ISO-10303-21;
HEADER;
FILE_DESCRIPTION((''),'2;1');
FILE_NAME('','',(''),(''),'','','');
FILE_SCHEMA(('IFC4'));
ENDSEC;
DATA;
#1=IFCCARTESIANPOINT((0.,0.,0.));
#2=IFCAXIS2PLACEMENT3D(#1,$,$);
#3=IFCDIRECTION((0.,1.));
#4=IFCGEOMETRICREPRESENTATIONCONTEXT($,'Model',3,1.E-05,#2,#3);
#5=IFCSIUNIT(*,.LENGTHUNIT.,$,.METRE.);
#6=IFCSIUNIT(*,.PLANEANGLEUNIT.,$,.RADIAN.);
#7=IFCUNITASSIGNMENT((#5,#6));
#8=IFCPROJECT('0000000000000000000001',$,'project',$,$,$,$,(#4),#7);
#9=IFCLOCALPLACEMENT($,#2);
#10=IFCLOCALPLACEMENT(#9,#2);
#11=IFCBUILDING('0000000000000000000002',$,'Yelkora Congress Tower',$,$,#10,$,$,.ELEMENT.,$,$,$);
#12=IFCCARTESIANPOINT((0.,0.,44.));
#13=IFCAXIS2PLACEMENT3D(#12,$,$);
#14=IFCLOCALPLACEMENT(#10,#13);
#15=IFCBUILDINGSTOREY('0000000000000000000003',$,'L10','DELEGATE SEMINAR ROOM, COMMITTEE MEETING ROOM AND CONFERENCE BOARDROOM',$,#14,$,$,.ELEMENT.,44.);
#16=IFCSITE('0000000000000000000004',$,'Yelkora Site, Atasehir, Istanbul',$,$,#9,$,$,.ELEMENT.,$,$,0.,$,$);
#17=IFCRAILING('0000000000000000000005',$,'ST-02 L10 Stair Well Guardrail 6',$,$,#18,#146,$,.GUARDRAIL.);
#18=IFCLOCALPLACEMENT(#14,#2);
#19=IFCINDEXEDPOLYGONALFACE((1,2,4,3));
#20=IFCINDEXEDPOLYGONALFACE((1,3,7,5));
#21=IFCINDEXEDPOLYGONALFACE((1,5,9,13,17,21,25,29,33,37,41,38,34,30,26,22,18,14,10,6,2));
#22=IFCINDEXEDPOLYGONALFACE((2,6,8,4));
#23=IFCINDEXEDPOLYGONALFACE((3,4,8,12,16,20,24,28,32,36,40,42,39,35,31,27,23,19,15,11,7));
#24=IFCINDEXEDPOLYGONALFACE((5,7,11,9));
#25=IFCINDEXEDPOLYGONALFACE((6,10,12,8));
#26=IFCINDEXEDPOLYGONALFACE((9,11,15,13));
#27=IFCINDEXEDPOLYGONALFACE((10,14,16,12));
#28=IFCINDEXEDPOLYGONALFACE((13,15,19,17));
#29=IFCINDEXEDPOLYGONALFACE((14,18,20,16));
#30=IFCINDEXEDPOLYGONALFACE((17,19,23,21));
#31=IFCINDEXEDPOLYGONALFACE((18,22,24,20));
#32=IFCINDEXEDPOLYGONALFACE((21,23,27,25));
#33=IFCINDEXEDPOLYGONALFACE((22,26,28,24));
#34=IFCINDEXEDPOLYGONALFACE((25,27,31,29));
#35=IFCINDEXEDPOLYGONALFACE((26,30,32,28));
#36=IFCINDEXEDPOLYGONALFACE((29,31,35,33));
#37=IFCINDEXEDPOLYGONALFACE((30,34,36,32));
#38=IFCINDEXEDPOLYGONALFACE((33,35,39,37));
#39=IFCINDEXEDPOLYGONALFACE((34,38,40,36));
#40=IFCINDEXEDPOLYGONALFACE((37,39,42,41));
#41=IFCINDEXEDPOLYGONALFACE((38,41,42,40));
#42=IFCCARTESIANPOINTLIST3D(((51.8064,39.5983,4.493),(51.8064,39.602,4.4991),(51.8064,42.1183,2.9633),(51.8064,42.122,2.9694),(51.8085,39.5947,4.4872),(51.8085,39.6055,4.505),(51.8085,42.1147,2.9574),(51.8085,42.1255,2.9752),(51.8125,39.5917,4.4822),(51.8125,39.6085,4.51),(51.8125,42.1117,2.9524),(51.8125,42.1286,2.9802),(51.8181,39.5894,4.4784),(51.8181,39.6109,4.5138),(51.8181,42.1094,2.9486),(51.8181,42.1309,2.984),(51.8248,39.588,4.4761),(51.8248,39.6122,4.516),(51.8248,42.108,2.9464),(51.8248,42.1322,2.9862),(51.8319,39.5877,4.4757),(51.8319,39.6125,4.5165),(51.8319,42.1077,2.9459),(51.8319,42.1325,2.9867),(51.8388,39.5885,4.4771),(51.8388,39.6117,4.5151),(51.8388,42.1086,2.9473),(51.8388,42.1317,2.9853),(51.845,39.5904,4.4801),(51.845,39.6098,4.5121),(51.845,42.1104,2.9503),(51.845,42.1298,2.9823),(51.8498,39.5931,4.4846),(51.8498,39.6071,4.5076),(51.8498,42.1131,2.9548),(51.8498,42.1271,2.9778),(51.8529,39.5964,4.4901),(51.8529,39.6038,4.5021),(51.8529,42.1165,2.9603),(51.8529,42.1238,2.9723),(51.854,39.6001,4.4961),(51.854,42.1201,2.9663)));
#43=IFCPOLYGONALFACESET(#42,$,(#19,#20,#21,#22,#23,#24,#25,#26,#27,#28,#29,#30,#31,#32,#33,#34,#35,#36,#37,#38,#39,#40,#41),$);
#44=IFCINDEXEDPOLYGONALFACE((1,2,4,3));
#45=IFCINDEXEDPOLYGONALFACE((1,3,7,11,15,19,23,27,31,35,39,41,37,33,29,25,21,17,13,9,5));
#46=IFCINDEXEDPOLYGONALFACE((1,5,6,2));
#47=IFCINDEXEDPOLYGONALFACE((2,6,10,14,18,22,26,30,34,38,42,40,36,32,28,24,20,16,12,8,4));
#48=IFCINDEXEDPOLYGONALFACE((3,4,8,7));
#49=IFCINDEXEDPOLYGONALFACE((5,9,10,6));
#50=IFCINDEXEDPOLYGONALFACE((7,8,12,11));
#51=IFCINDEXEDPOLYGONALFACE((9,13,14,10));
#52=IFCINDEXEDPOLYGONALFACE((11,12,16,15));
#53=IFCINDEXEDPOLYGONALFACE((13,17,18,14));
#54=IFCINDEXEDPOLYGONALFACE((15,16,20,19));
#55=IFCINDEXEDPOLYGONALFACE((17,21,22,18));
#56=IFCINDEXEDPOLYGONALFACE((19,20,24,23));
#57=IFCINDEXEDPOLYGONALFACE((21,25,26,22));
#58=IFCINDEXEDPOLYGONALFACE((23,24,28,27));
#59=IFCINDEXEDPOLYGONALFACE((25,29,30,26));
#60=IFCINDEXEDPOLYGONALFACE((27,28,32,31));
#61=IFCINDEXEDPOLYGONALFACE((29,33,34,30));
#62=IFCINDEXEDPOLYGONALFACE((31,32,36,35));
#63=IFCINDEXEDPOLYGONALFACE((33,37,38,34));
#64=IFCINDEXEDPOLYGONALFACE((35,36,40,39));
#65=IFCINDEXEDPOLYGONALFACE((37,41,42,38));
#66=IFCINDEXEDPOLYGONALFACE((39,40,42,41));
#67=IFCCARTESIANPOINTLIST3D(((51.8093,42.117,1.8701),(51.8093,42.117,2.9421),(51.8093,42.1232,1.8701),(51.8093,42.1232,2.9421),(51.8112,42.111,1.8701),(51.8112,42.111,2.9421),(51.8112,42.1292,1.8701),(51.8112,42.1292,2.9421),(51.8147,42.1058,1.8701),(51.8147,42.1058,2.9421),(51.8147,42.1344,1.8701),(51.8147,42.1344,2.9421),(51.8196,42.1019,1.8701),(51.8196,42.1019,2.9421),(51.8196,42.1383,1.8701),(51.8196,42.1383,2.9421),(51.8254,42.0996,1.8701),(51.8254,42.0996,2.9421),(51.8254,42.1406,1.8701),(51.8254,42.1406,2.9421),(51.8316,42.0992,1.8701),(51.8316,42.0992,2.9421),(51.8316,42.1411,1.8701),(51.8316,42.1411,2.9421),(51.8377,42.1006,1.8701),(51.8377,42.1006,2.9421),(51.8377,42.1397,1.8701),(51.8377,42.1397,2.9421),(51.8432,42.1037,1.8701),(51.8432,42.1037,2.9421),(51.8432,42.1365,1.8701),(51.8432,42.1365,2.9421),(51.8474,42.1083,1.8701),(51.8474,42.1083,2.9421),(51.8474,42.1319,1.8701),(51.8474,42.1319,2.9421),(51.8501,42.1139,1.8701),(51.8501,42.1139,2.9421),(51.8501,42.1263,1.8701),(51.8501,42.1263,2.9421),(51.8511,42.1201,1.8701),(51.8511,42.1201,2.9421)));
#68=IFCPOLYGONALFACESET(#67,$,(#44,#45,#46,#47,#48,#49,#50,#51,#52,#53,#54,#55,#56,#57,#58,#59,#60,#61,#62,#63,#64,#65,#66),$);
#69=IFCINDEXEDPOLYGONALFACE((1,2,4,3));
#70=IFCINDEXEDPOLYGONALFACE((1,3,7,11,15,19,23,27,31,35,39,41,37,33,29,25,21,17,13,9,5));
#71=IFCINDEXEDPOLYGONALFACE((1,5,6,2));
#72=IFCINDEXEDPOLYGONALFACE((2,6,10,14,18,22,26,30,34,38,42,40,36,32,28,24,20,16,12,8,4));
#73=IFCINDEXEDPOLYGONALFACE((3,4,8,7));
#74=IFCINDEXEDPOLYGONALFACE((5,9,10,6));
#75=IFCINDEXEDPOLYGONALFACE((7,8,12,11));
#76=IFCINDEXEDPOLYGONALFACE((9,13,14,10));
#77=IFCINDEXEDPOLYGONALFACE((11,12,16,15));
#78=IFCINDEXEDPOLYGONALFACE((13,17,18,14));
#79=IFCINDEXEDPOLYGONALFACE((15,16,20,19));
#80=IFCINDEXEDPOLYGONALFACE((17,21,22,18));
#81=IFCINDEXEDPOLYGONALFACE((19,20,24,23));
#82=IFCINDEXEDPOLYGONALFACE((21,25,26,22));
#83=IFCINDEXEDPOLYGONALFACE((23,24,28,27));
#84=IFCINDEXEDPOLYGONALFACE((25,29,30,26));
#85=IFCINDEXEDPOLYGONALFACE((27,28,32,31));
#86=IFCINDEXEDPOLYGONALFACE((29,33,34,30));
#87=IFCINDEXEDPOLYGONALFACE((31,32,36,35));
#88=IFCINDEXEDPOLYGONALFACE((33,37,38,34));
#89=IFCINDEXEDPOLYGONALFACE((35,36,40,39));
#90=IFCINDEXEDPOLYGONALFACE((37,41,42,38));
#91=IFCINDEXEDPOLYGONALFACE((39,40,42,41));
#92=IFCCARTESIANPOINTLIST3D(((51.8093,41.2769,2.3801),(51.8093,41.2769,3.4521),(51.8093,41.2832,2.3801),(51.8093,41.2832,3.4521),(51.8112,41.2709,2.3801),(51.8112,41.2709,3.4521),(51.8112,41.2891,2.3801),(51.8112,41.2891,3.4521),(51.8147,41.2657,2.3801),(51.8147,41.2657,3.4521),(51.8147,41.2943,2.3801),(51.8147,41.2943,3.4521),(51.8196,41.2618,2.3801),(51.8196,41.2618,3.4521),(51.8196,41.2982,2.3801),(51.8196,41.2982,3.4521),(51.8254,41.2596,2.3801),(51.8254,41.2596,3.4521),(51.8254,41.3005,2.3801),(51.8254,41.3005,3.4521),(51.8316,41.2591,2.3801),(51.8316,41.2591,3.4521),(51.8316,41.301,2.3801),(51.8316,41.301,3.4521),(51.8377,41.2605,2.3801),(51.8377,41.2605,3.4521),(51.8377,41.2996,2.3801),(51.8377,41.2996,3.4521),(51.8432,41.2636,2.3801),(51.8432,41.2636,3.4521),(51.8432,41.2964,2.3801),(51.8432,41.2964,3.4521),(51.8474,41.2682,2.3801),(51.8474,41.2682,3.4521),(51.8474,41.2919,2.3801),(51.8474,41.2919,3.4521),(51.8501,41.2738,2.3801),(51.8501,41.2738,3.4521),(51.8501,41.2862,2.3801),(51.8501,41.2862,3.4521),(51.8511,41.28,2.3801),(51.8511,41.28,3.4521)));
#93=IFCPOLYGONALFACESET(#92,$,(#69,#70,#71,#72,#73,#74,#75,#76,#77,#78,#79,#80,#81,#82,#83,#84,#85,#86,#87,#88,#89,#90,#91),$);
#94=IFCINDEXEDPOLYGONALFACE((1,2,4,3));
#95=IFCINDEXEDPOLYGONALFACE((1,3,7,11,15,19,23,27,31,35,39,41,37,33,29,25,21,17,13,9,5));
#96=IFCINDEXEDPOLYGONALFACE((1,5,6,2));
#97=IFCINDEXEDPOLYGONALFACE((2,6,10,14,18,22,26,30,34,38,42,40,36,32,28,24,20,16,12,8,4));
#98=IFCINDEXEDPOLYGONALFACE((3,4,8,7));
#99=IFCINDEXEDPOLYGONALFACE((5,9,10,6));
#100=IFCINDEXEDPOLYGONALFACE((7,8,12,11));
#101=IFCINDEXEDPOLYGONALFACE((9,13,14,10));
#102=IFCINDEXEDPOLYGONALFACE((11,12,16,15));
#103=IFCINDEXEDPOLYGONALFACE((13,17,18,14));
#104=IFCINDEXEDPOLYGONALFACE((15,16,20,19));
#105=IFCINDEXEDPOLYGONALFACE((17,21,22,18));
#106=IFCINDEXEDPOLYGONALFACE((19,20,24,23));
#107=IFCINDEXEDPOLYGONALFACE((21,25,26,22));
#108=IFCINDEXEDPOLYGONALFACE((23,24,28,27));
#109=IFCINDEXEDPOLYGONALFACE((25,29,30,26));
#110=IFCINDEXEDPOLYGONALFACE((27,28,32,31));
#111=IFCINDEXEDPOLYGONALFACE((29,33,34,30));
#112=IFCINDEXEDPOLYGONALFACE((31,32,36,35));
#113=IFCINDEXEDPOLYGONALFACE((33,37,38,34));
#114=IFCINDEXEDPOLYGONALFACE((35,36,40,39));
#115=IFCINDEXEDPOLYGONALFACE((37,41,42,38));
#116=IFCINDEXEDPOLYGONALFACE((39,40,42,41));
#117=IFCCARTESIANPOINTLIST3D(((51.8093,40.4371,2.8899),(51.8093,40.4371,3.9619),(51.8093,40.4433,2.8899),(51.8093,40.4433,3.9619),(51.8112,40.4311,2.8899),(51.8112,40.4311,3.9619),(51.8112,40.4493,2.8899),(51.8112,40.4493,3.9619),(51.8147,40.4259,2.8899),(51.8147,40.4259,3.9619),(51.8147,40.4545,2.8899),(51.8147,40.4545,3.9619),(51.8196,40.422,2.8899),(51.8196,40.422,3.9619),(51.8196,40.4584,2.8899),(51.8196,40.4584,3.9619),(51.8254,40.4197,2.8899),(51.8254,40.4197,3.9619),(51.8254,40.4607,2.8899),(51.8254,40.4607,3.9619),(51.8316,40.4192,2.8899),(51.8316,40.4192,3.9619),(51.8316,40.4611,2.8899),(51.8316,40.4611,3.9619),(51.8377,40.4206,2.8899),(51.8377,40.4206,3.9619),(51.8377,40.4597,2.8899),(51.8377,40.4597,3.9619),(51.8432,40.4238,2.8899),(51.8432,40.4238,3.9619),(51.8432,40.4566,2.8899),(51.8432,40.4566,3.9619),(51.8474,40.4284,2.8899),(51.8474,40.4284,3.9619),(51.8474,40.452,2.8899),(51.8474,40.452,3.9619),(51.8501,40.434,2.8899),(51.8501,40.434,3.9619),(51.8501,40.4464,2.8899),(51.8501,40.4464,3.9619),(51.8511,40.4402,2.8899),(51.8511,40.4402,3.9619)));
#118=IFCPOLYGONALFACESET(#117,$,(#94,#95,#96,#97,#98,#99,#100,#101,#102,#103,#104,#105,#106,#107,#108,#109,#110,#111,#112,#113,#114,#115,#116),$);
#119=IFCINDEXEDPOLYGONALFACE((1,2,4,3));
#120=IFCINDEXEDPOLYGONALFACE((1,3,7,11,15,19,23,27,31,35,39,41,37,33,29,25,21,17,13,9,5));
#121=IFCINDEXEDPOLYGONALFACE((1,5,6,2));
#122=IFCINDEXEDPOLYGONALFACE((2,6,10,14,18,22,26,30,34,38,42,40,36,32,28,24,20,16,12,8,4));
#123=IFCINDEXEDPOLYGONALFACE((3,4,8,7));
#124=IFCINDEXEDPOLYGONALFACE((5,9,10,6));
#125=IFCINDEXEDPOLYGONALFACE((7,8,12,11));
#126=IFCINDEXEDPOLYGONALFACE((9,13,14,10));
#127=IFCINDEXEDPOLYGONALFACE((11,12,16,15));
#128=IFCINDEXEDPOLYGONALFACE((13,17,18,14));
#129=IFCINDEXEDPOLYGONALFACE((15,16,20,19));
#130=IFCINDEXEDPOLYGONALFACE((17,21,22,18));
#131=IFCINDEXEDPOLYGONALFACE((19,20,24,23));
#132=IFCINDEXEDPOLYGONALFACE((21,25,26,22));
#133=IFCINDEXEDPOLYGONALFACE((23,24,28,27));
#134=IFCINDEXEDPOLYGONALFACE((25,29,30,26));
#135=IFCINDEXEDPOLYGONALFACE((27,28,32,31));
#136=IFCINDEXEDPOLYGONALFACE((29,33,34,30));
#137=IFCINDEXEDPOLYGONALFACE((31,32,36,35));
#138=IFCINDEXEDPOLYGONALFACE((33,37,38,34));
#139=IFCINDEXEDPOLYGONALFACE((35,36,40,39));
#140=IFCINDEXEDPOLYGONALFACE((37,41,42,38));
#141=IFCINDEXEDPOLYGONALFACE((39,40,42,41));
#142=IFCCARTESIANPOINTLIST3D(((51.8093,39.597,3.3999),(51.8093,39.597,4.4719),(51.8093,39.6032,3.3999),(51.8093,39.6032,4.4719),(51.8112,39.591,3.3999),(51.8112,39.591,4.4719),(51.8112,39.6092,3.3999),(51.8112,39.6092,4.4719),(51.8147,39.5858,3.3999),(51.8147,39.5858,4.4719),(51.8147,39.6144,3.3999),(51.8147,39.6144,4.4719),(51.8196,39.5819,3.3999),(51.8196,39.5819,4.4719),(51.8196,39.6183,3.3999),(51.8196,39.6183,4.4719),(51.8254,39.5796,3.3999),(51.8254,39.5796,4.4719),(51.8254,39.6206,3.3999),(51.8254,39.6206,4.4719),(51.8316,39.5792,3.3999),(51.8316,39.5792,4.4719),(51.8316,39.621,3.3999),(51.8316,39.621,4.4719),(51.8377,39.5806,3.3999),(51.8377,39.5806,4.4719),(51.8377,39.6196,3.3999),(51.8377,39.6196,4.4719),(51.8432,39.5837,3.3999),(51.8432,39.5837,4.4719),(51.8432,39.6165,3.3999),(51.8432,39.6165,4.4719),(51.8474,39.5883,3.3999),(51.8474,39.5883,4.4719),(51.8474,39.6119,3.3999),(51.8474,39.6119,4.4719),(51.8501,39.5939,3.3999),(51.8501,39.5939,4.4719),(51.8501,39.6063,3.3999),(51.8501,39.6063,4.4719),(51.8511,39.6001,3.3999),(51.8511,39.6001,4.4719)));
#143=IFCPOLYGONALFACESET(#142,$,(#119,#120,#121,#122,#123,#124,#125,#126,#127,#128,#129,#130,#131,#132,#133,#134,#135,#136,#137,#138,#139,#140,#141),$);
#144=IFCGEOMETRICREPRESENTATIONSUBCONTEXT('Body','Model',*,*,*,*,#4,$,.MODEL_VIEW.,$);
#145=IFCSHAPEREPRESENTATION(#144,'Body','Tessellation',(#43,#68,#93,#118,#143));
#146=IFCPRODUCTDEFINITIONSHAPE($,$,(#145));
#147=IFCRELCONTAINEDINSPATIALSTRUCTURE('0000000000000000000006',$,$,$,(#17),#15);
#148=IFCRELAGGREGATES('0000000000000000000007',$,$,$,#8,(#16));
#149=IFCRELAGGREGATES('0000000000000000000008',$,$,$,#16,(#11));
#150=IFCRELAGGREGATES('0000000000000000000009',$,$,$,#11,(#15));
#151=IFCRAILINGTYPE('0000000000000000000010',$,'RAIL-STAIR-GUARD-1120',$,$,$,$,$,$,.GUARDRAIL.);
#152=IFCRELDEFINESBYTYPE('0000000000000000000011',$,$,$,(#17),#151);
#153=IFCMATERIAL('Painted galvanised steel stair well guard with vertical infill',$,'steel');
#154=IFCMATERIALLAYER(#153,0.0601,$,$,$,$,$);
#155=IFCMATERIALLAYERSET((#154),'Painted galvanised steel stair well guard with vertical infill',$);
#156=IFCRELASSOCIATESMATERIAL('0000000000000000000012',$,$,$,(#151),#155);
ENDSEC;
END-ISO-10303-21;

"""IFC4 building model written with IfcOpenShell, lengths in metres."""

from ifc_helpers import new_model, si_unit, direction, frame, origin, origin_2d, place, context, subcontext, project, spatial, circle, extrude, material, layer, layer_set, type_object, element, save


model = new_model("IFC4")

# Units and contexts
model_context = context("Model", 3, precision=1e-05, world=origin(), true_north=direction((0.0, 1.0)))
body_context = subcontext(model_context, "Body", "Model", "MODEL_VIEW")
ifc_project = project(units=[si_unit("LENGTHUNIT", "METRE"), si_unit("PLANEANGLEUNIT", "RADIAN")], contexts=[model_context])

# Site, building, storey
site_placement = place(None, origin())
site = spatial("IfcSite", under=ifc_project, at=site_placement, Name="Yelkora Site, Atasehir, Istanbul", CompositionType="ELEMENT", RefElevation=0.0)
building_placement = place(site_placement, origin())
building = spatial("IfcBuilding", under=site, at=building_placement, Name="Yelkora Congress Tower", CompositionType="ELEMENT")
storey_placement = place(building_placement, frame((0.0, 0.0, 44.0)))
storey = spatial("IfcBuildingStorey", under=building, at=storey_placement, Name="L10", Description="DELEGATE SEMINAR ROOM, COMMITTEE MEETING ROOM AND CONFERENCE BOARDROOM", CompositionType="ELEMENT", Elevation=44.0)

# Railing
ifc_material_1 = material(Name="Painted galvanised steel stair well guard with vertical infill", Category="steel")
ifc_layer_1 = layer(ifc_material_1, 0.0601)
ifc_layer_set_1 = layer_set([ifc_layer_1], Name="Painted galvanised steel stair well guard with vertical infill")
railing_type_1 = type_object("IfcRailingType", Name="RAIL-STAIR-GUARD-1120", PredefinedType="GUARDRAIL", material=ifc_layer_set_1)
railing_1_placement = place(storey_placement, frame((51.8301, 42.1201, 1.8701)))
element("IfcRailing", 1, at=railing_1_placement, inside=storey, type_object=railing_type_1, Name="ST-02 L10 Stair Well Guardrail 6", PredefinedType="GUARDRAIL", context=body_context, shape_type="SweptSolid", body=[
    extrude(circle(Radius=0.0239, at=origin_2d()), frame((0.0, 0.0, 1.0962), z_axis=(0.0, -0.854822, 0.518922), x_axis=(1.0, 0.0, 0.0)), (0.0, 0.0, 1.0), 2.948),
    extrude(circle(Radius=0.021, at=origin_2d()), origin(), (0.0, 0.0, 1.0), 1.072),
    extrude(circle(Radius=0.021, at=origin_2d()), frame((0.0, -0.8401, 0.51)), (0.0, 0.0, 1.0), 1.072),
    extrude(circle(Radius=0.021, at=origin_2d()), frame((0.0, -1.6799, 1.0198)), (0.0, 0.0, 1.0), 1.072),
    extrude(circle(Radius=0.021, at=origin_2d()), frame((0.0, -2.52, 1.5298)), (0.0, 0.0, 1.0), 1.072),
])

save(model, "model.ifc")
